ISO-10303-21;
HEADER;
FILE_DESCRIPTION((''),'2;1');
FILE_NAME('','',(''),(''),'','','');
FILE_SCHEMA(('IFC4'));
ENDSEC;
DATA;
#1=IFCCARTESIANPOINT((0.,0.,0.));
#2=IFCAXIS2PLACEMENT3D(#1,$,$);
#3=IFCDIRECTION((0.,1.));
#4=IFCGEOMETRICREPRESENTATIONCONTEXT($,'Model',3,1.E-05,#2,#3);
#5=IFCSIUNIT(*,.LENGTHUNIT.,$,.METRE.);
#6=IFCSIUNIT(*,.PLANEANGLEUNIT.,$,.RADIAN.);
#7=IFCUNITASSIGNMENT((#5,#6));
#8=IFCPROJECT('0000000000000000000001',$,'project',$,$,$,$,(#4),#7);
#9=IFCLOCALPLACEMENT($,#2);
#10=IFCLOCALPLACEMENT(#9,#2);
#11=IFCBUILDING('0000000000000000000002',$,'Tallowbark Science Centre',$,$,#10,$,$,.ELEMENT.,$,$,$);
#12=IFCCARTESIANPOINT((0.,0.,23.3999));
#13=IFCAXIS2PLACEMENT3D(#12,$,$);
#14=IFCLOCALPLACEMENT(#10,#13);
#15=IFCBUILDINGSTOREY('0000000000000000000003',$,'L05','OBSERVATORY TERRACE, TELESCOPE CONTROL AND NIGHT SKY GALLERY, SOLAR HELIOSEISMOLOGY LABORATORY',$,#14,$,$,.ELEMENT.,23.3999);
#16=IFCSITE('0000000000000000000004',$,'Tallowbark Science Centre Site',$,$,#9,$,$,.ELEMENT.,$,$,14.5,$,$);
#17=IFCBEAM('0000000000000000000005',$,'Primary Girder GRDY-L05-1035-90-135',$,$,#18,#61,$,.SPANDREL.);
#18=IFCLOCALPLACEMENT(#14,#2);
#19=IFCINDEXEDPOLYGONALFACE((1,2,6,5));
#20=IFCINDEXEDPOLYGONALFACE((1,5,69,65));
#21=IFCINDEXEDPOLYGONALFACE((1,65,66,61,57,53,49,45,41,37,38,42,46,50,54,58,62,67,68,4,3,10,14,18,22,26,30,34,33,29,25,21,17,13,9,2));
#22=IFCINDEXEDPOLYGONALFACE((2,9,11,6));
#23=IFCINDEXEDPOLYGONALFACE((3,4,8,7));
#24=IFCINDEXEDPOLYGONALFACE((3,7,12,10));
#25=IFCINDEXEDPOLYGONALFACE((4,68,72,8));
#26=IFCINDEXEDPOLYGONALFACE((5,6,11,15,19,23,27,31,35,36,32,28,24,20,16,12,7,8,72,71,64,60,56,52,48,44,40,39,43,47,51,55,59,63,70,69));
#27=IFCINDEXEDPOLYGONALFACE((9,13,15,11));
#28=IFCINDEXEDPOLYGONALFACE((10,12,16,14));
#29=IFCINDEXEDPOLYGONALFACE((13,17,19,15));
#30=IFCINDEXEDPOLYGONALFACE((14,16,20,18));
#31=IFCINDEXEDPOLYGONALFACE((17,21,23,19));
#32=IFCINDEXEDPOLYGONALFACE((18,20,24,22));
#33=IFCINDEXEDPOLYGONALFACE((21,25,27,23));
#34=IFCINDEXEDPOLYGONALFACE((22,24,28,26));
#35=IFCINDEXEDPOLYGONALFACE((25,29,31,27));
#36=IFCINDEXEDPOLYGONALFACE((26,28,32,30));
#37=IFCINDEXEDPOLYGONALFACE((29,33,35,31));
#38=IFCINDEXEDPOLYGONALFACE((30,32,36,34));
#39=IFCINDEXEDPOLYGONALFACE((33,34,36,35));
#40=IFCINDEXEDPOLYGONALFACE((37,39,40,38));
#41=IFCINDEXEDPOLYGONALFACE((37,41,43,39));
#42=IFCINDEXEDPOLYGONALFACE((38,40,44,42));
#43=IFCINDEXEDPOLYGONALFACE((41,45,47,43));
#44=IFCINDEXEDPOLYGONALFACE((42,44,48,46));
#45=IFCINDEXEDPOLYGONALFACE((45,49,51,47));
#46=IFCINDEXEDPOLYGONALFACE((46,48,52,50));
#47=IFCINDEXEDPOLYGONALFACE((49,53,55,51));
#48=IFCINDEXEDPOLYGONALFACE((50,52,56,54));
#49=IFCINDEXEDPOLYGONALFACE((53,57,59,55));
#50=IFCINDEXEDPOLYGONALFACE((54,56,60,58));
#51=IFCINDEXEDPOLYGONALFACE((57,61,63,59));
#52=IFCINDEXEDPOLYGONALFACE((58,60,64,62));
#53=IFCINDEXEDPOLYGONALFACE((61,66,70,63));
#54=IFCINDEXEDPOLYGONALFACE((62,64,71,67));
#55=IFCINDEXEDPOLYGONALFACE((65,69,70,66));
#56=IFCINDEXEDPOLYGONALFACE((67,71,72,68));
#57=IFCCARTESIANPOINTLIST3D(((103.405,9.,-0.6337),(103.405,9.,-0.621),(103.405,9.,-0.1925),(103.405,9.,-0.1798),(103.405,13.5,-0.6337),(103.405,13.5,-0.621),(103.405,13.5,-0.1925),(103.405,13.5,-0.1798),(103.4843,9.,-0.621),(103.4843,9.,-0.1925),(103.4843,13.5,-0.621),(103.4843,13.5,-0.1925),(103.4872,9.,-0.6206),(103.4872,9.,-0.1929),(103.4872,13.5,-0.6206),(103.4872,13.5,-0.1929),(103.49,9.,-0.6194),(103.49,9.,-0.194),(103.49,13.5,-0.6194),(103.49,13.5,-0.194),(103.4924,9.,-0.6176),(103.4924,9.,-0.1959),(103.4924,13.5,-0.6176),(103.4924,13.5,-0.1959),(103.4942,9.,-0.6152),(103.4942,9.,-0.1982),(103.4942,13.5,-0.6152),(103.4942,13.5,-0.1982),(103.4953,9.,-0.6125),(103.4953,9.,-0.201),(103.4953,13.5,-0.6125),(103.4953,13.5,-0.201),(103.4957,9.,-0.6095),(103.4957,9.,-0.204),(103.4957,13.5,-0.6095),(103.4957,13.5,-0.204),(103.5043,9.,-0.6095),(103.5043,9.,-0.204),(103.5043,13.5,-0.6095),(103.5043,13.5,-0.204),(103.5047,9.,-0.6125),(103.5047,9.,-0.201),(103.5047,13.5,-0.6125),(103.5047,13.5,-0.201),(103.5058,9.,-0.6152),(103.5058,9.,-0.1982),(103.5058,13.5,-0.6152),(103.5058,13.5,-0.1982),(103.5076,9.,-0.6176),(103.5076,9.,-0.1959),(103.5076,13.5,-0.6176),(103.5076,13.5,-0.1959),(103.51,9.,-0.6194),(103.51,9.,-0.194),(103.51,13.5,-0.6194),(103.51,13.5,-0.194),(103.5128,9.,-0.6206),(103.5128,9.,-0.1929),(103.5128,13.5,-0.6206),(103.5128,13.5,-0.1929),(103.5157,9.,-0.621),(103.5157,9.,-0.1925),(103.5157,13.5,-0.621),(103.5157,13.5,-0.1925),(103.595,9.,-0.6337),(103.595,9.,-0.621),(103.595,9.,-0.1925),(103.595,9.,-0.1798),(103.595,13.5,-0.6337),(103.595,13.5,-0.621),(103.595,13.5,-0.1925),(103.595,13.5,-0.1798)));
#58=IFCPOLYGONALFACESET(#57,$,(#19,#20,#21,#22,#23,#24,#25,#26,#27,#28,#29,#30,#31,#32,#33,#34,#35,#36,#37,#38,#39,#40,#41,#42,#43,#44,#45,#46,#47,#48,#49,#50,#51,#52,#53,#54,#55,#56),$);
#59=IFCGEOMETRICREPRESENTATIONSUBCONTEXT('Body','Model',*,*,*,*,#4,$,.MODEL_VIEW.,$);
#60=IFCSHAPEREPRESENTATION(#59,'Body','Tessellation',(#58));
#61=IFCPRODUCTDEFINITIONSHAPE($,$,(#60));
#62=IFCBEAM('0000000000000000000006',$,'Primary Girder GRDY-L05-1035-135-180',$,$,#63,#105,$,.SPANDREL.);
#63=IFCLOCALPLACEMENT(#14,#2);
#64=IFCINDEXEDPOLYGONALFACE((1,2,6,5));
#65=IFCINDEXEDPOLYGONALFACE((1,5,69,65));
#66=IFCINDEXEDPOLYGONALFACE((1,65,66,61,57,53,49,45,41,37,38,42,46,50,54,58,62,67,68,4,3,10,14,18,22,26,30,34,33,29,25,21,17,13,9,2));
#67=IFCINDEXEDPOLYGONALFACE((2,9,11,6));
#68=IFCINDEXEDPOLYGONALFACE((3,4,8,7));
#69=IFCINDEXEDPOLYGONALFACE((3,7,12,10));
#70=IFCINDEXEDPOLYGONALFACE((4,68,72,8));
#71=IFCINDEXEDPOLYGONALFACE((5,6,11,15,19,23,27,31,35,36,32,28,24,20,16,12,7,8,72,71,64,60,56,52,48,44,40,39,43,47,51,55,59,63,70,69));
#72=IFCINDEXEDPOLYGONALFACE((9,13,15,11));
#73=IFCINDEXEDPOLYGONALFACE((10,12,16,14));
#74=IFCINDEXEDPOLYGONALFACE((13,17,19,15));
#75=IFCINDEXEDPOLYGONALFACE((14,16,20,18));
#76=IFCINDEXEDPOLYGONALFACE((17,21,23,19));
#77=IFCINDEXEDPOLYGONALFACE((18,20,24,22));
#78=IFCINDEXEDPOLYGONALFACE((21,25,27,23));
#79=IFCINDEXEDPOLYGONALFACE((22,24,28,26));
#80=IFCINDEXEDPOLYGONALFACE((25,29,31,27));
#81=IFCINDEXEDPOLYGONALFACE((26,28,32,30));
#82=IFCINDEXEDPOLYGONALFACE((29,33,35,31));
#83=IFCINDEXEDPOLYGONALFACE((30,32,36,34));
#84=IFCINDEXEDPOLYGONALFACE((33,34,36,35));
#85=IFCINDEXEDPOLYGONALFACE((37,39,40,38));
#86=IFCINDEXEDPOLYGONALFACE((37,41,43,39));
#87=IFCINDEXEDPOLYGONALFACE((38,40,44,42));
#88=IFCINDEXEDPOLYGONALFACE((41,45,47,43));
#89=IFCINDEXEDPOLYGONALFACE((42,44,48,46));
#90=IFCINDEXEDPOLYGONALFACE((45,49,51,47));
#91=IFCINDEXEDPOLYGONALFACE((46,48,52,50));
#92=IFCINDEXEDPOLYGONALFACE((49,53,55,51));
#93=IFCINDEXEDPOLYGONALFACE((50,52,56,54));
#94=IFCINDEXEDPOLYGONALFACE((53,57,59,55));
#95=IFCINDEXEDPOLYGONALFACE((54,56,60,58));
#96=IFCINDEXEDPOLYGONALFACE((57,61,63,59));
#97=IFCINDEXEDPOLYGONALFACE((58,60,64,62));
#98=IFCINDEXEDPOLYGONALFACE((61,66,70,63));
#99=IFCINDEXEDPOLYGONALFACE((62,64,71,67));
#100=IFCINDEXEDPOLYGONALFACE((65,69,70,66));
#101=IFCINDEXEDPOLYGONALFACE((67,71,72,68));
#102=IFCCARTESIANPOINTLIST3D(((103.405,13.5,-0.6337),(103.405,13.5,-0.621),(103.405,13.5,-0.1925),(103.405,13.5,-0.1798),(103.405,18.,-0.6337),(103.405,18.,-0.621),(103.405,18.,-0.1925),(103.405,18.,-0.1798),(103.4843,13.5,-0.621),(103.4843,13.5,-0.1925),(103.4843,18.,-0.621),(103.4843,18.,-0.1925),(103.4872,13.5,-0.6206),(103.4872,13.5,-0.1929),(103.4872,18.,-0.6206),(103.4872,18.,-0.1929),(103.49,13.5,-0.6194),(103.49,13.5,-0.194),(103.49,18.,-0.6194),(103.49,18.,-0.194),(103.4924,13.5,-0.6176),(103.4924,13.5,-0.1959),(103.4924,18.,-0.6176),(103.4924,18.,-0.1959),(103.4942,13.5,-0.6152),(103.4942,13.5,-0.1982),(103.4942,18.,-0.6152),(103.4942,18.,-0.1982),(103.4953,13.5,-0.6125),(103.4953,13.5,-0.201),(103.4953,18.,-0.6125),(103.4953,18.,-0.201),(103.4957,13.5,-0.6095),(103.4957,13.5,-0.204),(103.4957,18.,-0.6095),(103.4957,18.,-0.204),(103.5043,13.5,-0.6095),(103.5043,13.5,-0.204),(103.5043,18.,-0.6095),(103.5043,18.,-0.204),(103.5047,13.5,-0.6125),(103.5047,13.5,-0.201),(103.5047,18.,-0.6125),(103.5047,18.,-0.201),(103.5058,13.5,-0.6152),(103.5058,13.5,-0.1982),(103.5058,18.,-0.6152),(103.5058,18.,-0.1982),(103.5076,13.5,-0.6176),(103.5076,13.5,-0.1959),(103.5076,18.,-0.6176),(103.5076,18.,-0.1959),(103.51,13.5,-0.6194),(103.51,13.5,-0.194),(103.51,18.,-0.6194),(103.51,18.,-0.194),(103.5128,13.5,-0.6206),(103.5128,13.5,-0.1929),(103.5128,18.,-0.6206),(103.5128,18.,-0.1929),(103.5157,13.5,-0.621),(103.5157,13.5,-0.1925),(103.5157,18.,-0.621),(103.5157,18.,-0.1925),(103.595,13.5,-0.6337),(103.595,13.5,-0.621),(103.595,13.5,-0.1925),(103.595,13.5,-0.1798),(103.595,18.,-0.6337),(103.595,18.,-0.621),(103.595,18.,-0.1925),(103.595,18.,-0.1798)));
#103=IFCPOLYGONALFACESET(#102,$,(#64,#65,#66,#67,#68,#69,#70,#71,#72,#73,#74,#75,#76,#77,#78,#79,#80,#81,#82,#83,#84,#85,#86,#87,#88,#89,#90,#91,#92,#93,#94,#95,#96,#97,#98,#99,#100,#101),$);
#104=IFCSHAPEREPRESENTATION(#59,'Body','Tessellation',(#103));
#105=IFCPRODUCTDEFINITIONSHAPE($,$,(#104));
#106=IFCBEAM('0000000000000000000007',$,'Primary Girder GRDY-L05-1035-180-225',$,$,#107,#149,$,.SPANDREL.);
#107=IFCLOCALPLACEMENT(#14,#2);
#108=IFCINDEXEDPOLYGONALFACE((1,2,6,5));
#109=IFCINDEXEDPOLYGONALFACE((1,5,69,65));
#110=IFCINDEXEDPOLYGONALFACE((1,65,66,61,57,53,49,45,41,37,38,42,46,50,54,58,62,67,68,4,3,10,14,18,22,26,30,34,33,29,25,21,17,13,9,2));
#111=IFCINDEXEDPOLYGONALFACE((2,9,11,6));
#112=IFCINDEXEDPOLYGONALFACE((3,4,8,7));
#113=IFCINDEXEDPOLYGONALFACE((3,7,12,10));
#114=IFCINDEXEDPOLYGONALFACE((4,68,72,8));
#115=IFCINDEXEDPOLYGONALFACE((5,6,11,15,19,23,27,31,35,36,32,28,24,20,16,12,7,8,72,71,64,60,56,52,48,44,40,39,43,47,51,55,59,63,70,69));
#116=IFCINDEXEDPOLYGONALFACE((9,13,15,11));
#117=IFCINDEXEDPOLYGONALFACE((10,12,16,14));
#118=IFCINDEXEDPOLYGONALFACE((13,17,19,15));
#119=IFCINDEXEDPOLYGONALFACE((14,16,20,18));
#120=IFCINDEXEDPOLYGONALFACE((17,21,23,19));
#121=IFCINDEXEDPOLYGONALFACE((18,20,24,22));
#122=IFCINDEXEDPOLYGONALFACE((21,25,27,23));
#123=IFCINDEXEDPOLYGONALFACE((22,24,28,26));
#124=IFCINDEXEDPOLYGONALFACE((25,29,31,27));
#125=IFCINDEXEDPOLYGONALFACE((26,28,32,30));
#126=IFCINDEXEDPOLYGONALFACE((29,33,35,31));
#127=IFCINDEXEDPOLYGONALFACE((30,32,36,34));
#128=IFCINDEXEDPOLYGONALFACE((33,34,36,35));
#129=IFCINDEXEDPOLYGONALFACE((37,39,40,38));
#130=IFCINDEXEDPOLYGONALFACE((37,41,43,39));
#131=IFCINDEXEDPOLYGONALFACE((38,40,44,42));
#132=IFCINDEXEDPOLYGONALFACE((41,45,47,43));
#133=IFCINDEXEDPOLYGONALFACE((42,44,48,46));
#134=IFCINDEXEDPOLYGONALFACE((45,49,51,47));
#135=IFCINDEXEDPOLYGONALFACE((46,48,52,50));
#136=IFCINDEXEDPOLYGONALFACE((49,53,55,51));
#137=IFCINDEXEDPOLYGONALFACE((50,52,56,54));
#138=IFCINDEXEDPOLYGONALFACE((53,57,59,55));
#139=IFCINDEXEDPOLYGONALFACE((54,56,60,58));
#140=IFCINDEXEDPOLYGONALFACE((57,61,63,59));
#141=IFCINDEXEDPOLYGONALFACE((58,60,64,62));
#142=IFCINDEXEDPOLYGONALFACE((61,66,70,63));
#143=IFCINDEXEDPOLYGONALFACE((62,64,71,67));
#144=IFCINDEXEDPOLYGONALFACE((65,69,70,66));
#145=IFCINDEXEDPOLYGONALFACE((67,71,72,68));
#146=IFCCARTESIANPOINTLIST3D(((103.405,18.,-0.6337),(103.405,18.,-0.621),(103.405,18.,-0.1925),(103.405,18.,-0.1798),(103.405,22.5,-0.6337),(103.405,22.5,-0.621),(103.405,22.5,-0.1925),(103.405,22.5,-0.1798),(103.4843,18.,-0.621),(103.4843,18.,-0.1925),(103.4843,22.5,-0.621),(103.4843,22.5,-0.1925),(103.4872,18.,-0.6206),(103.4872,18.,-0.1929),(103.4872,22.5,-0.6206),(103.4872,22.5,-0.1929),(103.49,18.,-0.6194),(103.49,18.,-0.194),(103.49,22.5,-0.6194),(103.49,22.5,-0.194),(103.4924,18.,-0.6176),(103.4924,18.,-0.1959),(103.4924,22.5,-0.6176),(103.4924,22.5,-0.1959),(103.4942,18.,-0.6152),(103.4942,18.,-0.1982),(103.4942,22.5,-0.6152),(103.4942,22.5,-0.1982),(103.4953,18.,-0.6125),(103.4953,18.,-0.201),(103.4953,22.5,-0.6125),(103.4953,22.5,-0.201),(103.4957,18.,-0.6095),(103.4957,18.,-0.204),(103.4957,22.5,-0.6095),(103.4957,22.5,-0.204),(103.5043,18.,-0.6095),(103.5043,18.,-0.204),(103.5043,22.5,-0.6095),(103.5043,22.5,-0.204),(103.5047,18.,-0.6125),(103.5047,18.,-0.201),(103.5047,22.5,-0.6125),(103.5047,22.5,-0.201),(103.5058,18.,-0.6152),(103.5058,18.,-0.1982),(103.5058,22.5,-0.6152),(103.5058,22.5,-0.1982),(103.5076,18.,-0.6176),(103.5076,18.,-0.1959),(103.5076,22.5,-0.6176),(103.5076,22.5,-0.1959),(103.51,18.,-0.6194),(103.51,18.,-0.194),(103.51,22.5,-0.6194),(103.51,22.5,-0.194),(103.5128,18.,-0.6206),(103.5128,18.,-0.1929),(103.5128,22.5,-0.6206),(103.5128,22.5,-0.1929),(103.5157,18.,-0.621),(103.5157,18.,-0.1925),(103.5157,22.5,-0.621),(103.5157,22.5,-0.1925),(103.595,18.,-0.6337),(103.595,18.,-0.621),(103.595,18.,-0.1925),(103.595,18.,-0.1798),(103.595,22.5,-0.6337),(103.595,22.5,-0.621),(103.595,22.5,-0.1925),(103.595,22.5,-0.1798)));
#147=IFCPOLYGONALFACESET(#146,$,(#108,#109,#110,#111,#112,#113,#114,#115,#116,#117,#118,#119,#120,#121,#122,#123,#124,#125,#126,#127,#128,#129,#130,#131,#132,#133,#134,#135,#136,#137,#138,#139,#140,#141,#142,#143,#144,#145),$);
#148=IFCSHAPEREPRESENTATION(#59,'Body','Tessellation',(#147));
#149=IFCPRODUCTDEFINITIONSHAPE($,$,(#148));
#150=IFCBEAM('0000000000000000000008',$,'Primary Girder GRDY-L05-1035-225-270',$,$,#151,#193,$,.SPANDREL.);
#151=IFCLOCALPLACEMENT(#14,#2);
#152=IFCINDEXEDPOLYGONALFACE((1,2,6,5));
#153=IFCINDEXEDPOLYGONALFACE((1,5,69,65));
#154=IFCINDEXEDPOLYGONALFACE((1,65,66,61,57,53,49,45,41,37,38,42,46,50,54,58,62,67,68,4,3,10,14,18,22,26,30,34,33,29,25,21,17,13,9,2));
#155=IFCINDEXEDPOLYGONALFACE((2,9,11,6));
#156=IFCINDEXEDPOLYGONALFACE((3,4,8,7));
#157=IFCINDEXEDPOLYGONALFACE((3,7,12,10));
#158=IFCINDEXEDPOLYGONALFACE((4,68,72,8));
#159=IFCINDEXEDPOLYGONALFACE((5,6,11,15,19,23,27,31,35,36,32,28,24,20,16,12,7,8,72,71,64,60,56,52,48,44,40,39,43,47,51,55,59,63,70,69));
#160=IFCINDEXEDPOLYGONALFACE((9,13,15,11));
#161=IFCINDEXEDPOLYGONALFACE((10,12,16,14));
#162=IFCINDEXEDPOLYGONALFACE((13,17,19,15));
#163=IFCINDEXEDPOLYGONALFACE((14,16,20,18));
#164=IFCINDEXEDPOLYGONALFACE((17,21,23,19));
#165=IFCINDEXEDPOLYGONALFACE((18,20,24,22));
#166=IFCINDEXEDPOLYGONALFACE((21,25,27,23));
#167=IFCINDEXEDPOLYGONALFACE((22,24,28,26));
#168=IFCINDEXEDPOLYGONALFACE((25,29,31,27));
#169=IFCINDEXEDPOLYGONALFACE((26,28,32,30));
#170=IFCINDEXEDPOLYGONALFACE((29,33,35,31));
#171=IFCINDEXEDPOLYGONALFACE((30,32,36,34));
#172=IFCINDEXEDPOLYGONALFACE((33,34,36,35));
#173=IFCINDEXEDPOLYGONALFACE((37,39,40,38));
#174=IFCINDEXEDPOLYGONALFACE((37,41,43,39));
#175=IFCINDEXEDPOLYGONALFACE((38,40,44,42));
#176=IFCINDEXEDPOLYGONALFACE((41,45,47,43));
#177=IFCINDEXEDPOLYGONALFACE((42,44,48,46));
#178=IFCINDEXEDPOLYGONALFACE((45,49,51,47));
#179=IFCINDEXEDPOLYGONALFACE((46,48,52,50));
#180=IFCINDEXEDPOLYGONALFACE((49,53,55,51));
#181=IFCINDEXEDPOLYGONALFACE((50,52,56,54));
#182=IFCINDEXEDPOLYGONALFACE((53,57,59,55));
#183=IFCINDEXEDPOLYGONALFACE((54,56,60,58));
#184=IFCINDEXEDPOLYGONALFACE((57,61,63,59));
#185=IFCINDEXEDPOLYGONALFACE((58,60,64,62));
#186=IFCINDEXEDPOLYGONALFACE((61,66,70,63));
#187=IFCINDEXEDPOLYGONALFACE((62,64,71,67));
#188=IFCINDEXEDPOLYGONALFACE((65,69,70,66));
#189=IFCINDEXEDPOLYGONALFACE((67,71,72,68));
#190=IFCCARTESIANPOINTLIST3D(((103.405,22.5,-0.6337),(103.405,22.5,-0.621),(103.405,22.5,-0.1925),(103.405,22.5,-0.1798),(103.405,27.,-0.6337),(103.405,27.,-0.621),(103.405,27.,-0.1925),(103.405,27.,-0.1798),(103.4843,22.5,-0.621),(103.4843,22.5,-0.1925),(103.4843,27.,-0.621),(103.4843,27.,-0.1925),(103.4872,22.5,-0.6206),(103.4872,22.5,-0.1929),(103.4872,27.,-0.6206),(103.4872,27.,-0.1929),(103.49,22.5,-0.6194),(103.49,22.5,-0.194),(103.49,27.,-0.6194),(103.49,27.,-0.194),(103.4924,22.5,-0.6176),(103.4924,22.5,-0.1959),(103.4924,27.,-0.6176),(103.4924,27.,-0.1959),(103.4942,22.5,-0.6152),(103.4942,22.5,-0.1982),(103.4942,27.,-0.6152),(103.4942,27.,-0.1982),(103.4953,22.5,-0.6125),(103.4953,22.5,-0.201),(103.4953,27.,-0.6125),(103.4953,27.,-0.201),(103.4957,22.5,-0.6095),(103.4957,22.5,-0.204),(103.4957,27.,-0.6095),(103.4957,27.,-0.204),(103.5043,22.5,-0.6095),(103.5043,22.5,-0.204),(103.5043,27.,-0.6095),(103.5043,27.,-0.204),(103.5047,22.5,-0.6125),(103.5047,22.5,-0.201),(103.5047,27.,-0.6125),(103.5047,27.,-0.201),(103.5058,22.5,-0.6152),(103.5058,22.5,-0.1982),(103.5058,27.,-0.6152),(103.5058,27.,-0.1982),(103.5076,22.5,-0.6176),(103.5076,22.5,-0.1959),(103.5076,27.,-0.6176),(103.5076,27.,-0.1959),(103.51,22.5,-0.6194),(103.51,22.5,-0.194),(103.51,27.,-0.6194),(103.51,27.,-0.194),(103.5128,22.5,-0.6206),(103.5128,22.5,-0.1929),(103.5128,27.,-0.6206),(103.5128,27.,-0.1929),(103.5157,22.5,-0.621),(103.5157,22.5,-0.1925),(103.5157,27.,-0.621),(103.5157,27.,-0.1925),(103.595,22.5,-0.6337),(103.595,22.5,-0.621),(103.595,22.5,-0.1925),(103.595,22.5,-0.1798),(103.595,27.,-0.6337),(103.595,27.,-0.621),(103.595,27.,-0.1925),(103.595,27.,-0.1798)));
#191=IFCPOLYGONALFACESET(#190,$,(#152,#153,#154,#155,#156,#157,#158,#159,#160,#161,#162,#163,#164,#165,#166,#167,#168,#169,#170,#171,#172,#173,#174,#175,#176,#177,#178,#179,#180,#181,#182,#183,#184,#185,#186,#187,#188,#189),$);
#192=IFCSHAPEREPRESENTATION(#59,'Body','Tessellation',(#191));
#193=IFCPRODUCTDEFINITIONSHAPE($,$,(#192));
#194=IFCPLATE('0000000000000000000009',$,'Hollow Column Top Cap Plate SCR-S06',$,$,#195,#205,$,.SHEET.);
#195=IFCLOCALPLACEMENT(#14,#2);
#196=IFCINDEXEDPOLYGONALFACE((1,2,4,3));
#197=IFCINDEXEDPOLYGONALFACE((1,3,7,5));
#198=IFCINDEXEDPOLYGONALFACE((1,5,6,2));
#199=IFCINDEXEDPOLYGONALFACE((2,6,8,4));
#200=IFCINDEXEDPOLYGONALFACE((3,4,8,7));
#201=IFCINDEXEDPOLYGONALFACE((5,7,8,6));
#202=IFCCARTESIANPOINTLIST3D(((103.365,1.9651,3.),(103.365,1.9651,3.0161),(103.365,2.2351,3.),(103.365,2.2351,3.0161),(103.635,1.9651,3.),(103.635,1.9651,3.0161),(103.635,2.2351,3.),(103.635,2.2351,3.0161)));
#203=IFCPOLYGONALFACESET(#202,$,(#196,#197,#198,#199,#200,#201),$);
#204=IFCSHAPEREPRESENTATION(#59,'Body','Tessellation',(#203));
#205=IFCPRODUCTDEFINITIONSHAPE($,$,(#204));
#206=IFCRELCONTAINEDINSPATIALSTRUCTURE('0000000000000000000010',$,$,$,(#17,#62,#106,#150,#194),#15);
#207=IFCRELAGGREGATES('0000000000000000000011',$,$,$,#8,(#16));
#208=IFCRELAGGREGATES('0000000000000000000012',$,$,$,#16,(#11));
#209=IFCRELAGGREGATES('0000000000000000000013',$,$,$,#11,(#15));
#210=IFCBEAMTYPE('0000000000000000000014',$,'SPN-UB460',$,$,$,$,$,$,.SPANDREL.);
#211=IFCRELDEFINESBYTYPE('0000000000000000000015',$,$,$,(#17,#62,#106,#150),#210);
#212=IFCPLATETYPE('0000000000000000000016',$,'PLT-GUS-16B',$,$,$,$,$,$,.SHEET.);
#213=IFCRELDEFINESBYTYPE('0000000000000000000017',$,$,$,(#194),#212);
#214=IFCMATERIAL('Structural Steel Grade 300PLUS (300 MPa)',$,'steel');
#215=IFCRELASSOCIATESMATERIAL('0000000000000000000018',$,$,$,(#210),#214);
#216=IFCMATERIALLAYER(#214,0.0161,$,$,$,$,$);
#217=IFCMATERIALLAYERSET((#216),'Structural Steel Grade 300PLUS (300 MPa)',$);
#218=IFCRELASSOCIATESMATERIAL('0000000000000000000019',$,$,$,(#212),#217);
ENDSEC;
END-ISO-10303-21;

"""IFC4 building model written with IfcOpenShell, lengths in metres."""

from ifc_helpers import new_model, si_unit, direction, frame, origin, origin_2d, place, context, subcontext, project, spatial, rectangle, i_section, extrude, material, layer, layer_set, material_profile, profile_set, type_object, element, save


model = new_model("IFC4")

# Units and contexts
model_context = context("Model", 3, precision=1e-05, world=origin(), true_north=direction((0.0, 1.0)))
body_context = subcontext(model_context, "Body", "Model", "MODEL_VIEW")
ifc_project = project(units=[si_unit("LENGTHUNIT", "METRE"), si_unit("PLANEANGLEUNIT", "RADIAN")], contexts=[model_context])

# Site, building, storey
site_placement = place(None, origin())
site = spatial("IfcSite", under=ifc_project, at=site_placement, Name="Tallowbark Science Centre Site", CompositionType="ELEMENT", RefElevation=14.5)
building_placement = place(site_placement, origin())
building = spatial("IfcBuilding", under=site, at=building_placement, Name="Tallowbark Science Centre", CompositionType="ELEMENT")
storey_placement = place(building_placement, frame((0.0, 0.0, 23.3999)))
storey = spatial("IfcBuildingStorey", under=building, at=storey_placement, Name="L05", Description="OBSERVATORY TERRACE, TELESCOPE CONTROL AND NIGHT SKY GALLERY, SOLAR HELIOSEISMOLOGY LABORATORY", CompositionType="ELEMENT", Elevation=23.3999)

# Beams
ifc_material_1 = material(Name="Structural Steel Grade 300PLUS (300 MPa)", Category="steel")
ifc_material_profile_1 = material_profile(ifc_material_1, i_section(OverallWidth=0.1899, OverallDepth=0.4539, WebThickness=0.0085, FlangeThickness=0.0127, FilletRadius=0.0115, at=origin_2d()), Name="460UB67.1")
ifc_profile_set_1 = profile_set([ifc_material_profile_1], Name="Structural Steel Grade 300PLUS (300 MPa)")
beam_type_1 = type_object("IfcBeamType", Name="SPN-UB460", PredefinedType="SPANDREL", material=ifc_profile_set_1)
for number, where, z_axis, x_axis, name in (
    (1, (103.5, 9.0, -0.4067), (0.0, 1.0, 0.0), (-1.0, 0.0, 0.0), "Primary Girder GRDY-L05-1035-90-135"),
    (2, (103.5, 13.5, -0.4067), (0.0, 1.0, 0.0), (-1.0, 0.0, 0.0), "Primary Girder GRDY-L05-1035-135-180"),
    (3, (103.5, 18.0, -0.4067), (0.0, 1.0, 0.0), (-1.0, 0.0, 0.0), "Primary Girder GRDY-L05-1035-180-225"),
    (4, (103.5, 22.5, -0.4067), (0.0, 1.0, 0.0), (-1.0, 0.0, 0.0), "Primary Girder GRDY-L05-1035-225-270"),
):
    element("IfcBeam", number, at=place(storey_placement, frame(where, z_axis=z_axis, x_axis=x_axis)), inside=storey, type_object=beam_type_1, Name=name, PredefinedType="SPANDREL", context=body_context, shape_type="SweptSolid", body=[
        extrude(i_section(OverallWidth=0.1899, OverallDepth=0.4539, WebThickness=0.0085, FlangeThickness=0.0127, FilletRadius=0.0115, at=origin_2d()), origin(), (0.0, 0.0, 1.0), 4.5),
    ])

# Plate
ifc_layer_1 = layer(ifc_material_1, 0.0161)
ifc_layer_set_1 = layer_set([ifc_layer_1], Name="Structural Steel Grade 300PLUS (300 MPa)")
plate_type_1 = type_object("IfcPlateType", Name="PLT-GUS-16B", PredefinedType="SHEET", material=ifc_layer_set_1)
for number, where, z_axis, x_axis, name in (
    (5, (103.5, 2.1001, 3.0), (0.0, 0.0, 1.0), (1.0, 0.0, 0.0), "Hollow Column Top Cap Plate SCR-S06"),
):
    element("IfcPlate", number, at=place(storey_placement, frame(where, z_axis=z_axis, x_axis=x_axis)), inside=storey, type_object=plate_type_1, Name=name, PredefinedType="SHEET", context=body_context, shape_type="SweptSolid", body=[
        extrude(rectangle(XDim=0.27, YDim=0.27, at=origin_2d()), origin(), (0.0, 0.0, 1.0), 0.0161),
    ])

save(model, "model.ifc")
